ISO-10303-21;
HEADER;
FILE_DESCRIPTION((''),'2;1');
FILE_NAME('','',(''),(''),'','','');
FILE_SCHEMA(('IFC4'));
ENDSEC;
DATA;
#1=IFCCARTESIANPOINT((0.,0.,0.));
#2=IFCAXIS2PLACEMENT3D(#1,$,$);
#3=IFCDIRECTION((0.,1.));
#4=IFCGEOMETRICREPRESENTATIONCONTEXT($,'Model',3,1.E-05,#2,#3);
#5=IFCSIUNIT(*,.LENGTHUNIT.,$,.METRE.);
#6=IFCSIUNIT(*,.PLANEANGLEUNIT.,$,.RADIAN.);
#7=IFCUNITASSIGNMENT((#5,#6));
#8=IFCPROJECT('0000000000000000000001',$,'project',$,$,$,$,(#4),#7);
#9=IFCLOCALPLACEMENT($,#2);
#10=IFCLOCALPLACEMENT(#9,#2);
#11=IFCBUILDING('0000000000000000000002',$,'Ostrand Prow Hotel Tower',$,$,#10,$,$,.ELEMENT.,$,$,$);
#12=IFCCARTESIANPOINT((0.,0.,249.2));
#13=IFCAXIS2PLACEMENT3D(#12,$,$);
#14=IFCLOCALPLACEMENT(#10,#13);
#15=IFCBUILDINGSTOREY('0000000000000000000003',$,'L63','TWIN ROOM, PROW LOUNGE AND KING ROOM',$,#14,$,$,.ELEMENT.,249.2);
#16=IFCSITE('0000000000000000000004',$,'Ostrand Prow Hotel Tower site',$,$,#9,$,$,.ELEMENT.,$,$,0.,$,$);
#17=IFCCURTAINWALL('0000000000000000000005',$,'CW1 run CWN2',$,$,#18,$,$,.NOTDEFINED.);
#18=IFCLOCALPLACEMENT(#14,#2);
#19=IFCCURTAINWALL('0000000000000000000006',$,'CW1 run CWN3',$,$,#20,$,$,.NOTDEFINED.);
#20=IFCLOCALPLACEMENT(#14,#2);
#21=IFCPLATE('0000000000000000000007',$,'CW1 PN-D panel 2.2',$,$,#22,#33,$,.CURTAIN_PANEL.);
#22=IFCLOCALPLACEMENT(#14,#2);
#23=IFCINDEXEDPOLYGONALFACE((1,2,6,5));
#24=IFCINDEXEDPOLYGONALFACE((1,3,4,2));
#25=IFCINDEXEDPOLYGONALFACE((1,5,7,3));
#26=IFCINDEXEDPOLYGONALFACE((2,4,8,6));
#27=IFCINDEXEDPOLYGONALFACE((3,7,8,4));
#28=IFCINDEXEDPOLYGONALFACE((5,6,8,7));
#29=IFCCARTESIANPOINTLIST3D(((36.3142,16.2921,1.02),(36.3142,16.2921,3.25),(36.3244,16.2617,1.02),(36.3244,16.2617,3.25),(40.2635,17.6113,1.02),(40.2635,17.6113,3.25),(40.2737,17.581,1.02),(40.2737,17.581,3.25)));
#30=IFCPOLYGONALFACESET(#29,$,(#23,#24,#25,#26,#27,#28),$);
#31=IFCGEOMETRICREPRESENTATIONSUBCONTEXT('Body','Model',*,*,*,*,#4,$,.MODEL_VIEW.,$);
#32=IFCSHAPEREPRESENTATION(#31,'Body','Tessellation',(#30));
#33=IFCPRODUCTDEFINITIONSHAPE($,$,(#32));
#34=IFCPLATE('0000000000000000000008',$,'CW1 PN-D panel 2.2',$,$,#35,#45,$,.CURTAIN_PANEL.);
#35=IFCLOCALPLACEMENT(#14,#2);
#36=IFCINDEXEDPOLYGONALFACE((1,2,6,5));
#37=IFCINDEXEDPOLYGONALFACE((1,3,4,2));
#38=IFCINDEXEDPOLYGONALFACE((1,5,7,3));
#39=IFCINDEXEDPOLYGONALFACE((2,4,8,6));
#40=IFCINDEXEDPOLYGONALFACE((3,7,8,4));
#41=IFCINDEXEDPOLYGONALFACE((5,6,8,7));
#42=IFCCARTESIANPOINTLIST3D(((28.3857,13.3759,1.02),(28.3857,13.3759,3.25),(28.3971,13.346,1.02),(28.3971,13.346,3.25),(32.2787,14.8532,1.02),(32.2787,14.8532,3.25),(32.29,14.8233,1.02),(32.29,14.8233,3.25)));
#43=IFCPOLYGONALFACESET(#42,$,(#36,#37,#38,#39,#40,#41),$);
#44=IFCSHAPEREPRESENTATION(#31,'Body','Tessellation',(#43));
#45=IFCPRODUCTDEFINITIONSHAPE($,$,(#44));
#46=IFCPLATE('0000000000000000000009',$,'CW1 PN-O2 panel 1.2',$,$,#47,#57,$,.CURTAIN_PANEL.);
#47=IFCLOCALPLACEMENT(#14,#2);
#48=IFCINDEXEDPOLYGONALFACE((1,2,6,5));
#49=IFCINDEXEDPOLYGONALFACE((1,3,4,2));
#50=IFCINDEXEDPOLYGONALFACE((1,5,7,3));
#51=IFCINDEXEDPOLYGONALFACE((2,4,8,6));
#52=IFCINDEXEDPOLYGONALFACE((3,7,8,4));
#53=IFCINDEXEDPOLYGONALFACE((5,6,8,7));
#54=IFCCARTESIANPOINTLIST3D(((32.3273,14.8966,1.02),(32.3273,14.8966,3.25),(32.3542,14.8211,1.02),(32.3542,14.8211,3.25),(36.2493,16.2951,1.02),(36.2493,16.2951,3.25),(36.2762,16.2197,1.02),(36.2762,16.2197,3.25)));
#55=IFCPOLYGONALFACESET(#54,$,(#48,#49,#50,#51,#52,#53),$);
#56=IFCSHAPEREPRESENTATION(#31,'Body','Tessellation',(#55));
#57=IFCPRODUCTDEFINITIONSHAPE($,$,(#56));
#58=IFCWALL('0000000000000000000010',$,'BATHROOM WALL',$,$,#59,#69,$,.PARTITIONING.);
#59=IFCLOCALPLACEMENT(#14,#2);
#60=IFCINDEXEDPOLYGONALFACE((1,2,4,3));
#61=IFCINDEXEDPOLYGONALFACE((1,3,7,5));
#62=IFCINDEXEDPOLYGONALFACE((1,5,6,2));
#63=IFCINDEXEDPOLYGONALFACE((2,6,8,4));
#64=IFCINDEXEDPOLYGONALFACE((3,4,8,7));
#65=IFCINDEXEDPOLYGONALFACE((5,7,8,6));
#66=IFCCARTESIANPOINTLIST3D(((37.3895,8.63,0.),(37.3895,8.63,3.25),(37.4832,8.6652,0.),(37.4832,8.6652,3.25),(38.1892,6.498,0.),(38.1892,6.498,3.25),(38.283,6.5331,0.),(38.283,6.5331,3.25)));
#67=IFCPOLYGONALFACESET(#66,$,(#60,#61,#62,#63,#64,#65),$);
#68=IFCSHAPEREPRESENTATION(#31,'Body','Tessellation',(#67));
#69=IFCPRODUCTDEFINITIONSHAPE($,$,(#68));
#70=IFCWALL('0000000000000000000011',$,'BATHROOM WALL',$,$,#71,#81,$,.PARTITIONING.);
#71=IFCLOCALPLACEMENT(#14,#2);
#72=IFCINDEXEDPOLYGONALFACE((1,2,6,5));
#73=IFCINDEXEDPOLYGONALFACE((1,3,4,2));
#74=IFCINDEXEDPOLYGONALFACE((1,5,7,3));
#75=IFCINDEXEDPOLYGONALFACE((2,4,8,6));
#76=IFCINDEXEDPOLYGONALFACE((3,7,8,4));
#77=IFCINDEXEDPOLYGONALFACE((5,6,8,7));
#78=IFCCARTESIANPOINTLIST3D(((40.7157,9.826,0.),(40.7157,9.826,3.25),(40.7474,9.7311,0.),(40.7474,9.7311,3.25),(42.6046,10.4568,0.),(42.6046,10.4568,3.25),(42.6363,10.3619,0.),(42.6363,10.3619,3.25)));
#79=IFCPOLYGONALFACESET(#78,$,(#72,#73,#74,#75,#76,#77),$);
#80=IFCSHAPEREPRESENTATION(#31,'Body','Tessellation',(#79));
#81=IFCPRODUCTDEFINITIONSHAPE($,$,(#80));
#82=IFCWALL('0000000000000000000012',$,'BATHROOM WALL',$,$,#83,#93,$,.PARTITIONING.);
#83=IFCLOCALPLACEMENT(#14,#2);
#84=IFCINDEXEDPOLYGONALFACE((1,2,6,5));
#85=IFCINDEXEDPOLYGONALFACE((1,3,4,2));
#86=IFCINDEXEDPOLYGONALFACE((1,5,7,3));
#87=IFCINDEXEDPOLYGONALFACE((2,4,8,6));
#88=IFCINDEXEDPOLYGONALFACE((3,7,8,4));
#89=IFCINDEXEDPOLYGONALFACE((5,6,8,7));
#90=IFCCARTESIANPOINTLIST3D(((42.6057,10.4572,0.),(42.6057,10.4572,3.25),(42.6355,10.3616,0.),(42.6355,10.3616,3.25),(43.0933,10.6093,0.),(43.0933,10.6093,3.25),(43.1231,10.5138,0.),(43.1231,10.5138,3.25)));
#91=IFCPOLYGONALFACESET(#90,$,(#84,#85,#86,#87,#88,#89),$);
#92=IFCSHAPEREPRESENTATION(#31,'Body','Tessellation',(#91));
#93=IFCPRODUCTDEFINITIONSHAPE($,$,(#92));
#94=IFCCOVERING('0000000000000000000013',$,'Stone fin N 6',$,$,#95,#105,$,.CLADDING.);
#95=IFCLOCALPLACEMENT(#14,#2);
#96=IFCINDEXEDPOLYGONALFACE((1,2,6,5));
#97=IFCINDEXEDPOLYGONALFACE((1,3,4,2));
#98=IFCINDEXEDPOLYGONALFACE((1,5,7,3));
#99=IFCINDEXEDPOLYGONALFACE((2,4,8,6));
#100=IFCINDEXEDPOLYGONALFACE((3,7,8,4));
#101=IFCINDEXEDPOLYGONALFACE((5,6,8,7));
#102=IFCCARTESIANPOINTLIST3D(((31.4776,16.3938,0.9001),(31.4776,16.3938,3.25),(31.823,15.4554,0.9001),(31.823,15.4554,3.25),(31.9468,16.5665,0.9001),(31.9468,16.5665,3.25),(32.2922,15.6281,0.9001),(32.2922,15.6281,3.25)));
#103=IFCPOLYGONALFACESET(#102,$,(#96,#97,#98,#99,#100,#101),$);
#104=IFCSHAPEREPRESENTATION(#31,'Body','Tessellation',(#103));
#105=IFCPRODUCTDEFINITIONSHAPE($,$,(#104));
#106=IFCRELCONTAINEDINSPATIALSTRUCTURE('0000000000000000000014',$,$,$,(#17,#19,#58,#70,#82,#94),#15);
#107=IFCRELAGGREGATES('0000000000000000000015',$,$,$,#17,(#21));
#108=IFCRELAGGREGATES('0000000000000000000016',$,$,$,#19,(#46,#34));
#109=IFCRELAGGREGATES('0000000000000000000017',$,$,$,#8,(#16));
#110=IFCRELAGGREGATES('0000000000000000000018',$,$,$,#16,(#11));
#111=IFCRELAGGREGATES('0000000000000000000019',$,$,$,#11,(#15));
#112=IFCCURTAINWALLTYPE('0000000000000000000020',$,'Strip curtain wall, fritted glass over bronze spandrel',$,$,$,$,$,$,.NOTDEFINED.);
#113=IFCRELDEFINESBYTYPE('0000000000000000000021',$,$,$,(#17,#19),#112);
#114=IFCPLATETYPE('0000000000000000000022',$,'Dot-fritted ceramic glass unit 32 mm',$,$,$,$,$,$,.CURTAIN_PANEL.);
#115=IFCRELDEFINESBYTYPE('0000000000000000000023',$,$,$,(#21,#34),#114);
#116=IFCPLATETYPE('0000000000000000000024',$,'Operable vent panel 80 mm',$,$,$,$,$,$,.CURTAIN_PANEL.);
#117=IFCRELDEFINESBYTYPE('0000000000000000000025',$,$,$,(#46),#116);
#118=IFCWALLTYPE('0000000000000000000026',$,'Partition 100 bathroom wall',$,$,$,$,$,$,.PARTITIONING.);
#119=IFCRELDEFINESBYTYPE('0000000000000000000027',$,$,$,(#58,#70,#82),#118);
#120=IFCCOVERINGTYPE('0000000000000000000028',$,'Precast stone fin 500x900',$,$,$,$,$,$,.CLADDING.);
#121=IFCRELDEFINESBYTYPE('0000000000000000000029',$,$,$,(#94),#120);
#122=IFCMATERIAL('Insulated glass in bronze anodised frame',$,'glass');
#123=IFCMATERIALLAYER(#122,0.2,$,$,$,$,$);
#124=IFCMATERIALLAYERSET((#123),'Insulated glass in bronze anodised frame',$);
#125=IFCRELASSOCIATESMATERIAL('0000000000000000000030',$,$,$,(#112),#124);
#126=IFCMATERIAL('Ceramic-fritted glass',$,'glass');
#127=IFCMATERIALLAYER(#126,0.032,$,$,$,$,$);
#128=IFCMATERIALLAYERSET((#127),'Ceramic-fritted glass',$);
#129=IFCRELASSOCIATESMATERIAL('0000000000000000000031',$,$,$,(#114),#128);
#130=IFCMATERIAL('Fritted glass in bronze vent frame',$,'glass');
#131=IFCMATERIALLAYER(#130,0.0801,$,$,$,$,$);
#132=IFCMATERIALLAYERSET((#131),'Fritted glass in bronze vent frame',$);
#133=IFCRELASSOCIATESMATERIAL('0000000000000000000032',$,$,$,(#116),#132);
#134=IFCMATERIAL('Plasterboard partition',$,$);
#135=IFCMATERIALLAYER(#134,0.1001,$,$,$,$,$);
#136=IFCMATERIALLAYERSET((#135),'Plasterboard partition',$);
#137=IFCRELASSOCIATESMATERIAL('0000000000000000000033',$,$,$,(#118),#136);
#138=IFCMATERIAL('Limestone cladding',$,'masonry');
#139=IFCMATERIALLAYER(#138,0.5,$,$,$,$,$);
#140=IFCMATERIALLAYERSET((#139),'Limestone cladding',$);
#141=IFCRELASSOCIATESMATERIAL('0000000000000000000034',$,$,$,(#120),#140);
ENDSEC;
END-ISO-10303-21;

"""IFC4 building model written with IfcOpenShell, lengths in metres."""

from ifc_helpers import new_model, si_unit, direction, frame, frame_2d, origin, origin_2d, place, context, subcontext, project, spatial, rectangle, extrude, material, layer, layer_set, type_object, element, aggregate, save


model = new_model("IFC4")

# Units and contexts
model_context = context("Model", 3, precision=1e-05, world=origin(), true_north=direction((0.0, 1.0)))
body_context = subcontext(model_context, "Body", "Model", "MODEL_VIEW")
ifc_project = project(units=[si_unit("LENGTHUNIT", "METRE"), si_unit("PLANEANGLEUNIT", "RADIAN")], contexts=[model_context])

# Site, building, storey
site_placement = place(None, origin())
site = spatial("IfcSite", under=ifc_project, at=site_placement, Name="Ostrand Prow Hotel Tower site", CompositionType="ELEMENT", RefElevation=0.0)
building_placement = place(site_placement, origin())
building = spatial("IfcBuilding", under=site, at=building_placement, Name="Ostrand Prow Hotel Tower", CompositionType="ELEMENT")
storey_placement = place(building_placement, frame((0.0, 0.0, 249.2)))
storey = spatial("IfcBuildingStorey", under=building, at=storey_placement, Name="L63", Description="TWIN ROOM, PROW LOUNGE AND KING ROOM", CompositionType="ELEMENT", Elevation=249.2)

# Curtain walls
ifc_material_1 = material(Name="Insulated glass in bronze anodised frame", Category="glass")
ifc_layer_1 = layer(ifc_material_1, 0.2)
ifc_layer_set_1 = layer_set([ifc_layer_1], Name="Insulated glass in bronze anodised frame")
curtain_wall_type = type_object("IfcCurtainWallType", Name="Strip curtain wall, fritted glass over bronze spandrel", PredefinedType="NOTDEFINED", material=ifc_layer_set_1)
curtain_wall_1_placement = place(storey_placement, origin())
curtain_wall_1 = element("IfcCurtainWall", 1, at=curtain_wall_1_placement, inside=storey, type_object=curtain_wall_type, Name="CW1 run CWN2", PredefinedType="NOTDEFINED")
curtain_wall_2_placement = place(storey_placement, origin())
curtain_wall_2 = element("IfcCurtainWall", 2, at=curtain_wall_2_placement, inside=storey, type_object=curtain_wall_type, Name="CW1 run CWN3", PredefinedType="NOTDEFINED")

# Plates
ifc_material_2 = material(Name="Ceramic-fritted glass", Category="glass")
ifc_layer_2 = layer(ifc_material_2, 0.032)
ifc_layer_set_2 = layer_set([ifc_layer_2], Name="Ceramic-fritted glass")
plate_type_1 = type_object("IfcPlateType", Name="Dot-fritted ceramic glass unit 32 mm", PredefinedType="CURTAIN_PANEL", material=ifc_layer_set_2)
plate_1_placement = place(storey_placement, frame((38.2939, 16.9365, 1.02), z_axis=(0.0, 0.0, 1.0), x_axis=(-0.948479, -0.316841, 0.0)))
plate_1 = element("IfcPlate", 3, at=plate_1_placement, type_object=plate_type_1, Name="CW1 PN-D panel 2.2", PredefinedType="CURTAIN_PANEL", context=body_context, shape_type="SweptSolid", body=[
    extrude(rectangle(XDim=4.1638, YDim=0.032, at=origin_2d()), origin(), (0.0, 0.0, 1.0), 2.23),
])
aggregate(curtain_wall_1, [plate_1])
plate_2_placement = place(storey_placement, frame((30.3379, 14.0996, 1.02), z_axis=(0.0, 0.0, 1.0), x_axis=(-0.934951, -0.354777, 0.0)))
plate_2 = element("IfcPlate", 4, at=plate_2_placement, type_object=plate_type_1, Name="CW1 PN-D panel 2.2", PredefinedType="CURTAIN_PANEL", context=body_context, shape_type="SweptSolid", body=[
    extrude(rectangle(XDim=4.1638, YDim=0.032, at=origin_2d()), origin(), (0.0, 0.0, 1.0), 2.23),
])
ifc_material_3 = material(Name="Fritted glass in bronze vent frame", Category="glass")
ifc_layer_3 = layer(ifc_material_3, 0.0801)
ifc_layer_set_3 = layer_set([ifc_layer_3], Name="Fritted glass in bronze vent frame")
plate_type_2 = type_object("IfcPlateType", Name="Operable vent panel 80 mm", PredefinedType="CURTAIN_PANEL", material=ifc_layer_set_3)
plate_3_placement = place(storey_placement, frame((34.3018, 15.5581, 1.02), z_axis=(0.0, 0.0, 1.0), x_axis=(-0.941906, -0.335877, 0.0)))
plate_3 = element("IfcPlate", 5, at=plate_3_placement, type_object=plate_type_2, Name="CW1 PN-O2 panel 1.2", PredefinedType="CURTAIN_PANEL", context=body_context, shape_type="SweptSolid", body=[
    extrude(rectangle(XDim=4.1638, YDim=0.0801, at=origin_2d()), origin(), (0.0, 0.0, 1.0), 2.23),
])
aggregate(curtain_wall_2, [plate_3, plate_2])

# Walls
ifc_material_4 = material(Name="Plasterboard partition")
ifc_layer_4 = layer(ifc_material_4, 0.1001)
ifc_layer_set_4 = layer_set([ifc_layer_4], Name="Plasterboard partition")
wall_type = type_object("IfcWallType", Name="Partition 100 bathroom wall", PredefinedType="PARTITIONING", material=ifc_layer_set_4)
wall_1_placement = place(storey_placement, frame((37.4363, 8.6477, 0.0), z_axis=(0.0, 0.0, 1.0), x_axis=(0.351229, -0.93629, 0.0)))
element("IfcWall", 6, at=wall_1_placement, inside=storey, type_object=wall_type, Name="BATHROOM WALL", PredefinedType="PARTITIONING", context=body_context, shape_type="SweptSolid", body=[
    extrude(rectangle(XDim=2.2771, YDim=0.1001, at=frame_2d((1.1387, 0.0))), origin(), (0.0, 0.0, 1.0), 3.25),
])
wall_2_placement = place(storey_placement, frame((40.7317, 9.7786, 0.0), z_axis=(0.0, 0.0, 1.0), x_axis=(0.948499, 0.316779, 0.0)))
element("IfcWall", 7, at=wall_2_placement, inside=storey, type_object=wall_type, Name="BATHROOM WALL", PredefinedType="PARTITIONING", context=body_context, shape_type="SweptSolid", body=[
    extrude(rectangle(XDim=1.9915, YDim=0.1001, at=frame_2d((0.9956, 0.0))), origin(), (0.0, 0.0, 1.0), 3.25),
])
wall_3_placement = place(storey_placement, frame((42.6206, 10.4094, 0.0), z_axis=(0.0, 0.0, 1.0), x_axis=(0.954624, 0.297812, 0.0)))
element("IfcWall", 8, at=wall_3_placement, inside=storey, type_object=wall_type, Name="BATHROOM WALL", PredefinedType="PARTITIONING", context=body_context, shape_type="SweptSolid", body=[
    extrude(rectangle(XDim=0.5107, YDim=0.1001, at=frame_2d((0.2554, 0.0))), origin(), (0.0, 0.0, 1.0), 3.25),
])

# Covering
ifc_material_5 = material(Name="Limestone cladding", Category="masonry")
ifc_layer_5 = layer(ifc_material_5, 0.5)
ifc_layer_set_5 = layer_set([ifc_layer_5], Name="Limestone cladding")
covering_type = type_object("IfcCoveringType", Name="Precast stone fin 500x900", PredefinedType="CLADDING", material=ifc_layer_set_5)
covering_placement = place(storey_placement, frame((32.0576, 15.5417, 0.9001), z_axis=(0.0, 0.0, 1.0), x_axis=(-0.345445, 0.938439, 0.0)))
element("IfcCovering", 9, at=covering_placement, inside=storey, type_object=covering_type, Name="Stone fin N 6", PredefinedType="CLADDING", context=body_context, shape_type="SweptSolid", body=[
    extrude(rectangle(XDim=1.0, YDim=0.5, at=frame_2d((0.5, 0.0))), origin(), (0.0, 0.0, 1.0), 2.3499),
])

save(model, "model.ifc")
